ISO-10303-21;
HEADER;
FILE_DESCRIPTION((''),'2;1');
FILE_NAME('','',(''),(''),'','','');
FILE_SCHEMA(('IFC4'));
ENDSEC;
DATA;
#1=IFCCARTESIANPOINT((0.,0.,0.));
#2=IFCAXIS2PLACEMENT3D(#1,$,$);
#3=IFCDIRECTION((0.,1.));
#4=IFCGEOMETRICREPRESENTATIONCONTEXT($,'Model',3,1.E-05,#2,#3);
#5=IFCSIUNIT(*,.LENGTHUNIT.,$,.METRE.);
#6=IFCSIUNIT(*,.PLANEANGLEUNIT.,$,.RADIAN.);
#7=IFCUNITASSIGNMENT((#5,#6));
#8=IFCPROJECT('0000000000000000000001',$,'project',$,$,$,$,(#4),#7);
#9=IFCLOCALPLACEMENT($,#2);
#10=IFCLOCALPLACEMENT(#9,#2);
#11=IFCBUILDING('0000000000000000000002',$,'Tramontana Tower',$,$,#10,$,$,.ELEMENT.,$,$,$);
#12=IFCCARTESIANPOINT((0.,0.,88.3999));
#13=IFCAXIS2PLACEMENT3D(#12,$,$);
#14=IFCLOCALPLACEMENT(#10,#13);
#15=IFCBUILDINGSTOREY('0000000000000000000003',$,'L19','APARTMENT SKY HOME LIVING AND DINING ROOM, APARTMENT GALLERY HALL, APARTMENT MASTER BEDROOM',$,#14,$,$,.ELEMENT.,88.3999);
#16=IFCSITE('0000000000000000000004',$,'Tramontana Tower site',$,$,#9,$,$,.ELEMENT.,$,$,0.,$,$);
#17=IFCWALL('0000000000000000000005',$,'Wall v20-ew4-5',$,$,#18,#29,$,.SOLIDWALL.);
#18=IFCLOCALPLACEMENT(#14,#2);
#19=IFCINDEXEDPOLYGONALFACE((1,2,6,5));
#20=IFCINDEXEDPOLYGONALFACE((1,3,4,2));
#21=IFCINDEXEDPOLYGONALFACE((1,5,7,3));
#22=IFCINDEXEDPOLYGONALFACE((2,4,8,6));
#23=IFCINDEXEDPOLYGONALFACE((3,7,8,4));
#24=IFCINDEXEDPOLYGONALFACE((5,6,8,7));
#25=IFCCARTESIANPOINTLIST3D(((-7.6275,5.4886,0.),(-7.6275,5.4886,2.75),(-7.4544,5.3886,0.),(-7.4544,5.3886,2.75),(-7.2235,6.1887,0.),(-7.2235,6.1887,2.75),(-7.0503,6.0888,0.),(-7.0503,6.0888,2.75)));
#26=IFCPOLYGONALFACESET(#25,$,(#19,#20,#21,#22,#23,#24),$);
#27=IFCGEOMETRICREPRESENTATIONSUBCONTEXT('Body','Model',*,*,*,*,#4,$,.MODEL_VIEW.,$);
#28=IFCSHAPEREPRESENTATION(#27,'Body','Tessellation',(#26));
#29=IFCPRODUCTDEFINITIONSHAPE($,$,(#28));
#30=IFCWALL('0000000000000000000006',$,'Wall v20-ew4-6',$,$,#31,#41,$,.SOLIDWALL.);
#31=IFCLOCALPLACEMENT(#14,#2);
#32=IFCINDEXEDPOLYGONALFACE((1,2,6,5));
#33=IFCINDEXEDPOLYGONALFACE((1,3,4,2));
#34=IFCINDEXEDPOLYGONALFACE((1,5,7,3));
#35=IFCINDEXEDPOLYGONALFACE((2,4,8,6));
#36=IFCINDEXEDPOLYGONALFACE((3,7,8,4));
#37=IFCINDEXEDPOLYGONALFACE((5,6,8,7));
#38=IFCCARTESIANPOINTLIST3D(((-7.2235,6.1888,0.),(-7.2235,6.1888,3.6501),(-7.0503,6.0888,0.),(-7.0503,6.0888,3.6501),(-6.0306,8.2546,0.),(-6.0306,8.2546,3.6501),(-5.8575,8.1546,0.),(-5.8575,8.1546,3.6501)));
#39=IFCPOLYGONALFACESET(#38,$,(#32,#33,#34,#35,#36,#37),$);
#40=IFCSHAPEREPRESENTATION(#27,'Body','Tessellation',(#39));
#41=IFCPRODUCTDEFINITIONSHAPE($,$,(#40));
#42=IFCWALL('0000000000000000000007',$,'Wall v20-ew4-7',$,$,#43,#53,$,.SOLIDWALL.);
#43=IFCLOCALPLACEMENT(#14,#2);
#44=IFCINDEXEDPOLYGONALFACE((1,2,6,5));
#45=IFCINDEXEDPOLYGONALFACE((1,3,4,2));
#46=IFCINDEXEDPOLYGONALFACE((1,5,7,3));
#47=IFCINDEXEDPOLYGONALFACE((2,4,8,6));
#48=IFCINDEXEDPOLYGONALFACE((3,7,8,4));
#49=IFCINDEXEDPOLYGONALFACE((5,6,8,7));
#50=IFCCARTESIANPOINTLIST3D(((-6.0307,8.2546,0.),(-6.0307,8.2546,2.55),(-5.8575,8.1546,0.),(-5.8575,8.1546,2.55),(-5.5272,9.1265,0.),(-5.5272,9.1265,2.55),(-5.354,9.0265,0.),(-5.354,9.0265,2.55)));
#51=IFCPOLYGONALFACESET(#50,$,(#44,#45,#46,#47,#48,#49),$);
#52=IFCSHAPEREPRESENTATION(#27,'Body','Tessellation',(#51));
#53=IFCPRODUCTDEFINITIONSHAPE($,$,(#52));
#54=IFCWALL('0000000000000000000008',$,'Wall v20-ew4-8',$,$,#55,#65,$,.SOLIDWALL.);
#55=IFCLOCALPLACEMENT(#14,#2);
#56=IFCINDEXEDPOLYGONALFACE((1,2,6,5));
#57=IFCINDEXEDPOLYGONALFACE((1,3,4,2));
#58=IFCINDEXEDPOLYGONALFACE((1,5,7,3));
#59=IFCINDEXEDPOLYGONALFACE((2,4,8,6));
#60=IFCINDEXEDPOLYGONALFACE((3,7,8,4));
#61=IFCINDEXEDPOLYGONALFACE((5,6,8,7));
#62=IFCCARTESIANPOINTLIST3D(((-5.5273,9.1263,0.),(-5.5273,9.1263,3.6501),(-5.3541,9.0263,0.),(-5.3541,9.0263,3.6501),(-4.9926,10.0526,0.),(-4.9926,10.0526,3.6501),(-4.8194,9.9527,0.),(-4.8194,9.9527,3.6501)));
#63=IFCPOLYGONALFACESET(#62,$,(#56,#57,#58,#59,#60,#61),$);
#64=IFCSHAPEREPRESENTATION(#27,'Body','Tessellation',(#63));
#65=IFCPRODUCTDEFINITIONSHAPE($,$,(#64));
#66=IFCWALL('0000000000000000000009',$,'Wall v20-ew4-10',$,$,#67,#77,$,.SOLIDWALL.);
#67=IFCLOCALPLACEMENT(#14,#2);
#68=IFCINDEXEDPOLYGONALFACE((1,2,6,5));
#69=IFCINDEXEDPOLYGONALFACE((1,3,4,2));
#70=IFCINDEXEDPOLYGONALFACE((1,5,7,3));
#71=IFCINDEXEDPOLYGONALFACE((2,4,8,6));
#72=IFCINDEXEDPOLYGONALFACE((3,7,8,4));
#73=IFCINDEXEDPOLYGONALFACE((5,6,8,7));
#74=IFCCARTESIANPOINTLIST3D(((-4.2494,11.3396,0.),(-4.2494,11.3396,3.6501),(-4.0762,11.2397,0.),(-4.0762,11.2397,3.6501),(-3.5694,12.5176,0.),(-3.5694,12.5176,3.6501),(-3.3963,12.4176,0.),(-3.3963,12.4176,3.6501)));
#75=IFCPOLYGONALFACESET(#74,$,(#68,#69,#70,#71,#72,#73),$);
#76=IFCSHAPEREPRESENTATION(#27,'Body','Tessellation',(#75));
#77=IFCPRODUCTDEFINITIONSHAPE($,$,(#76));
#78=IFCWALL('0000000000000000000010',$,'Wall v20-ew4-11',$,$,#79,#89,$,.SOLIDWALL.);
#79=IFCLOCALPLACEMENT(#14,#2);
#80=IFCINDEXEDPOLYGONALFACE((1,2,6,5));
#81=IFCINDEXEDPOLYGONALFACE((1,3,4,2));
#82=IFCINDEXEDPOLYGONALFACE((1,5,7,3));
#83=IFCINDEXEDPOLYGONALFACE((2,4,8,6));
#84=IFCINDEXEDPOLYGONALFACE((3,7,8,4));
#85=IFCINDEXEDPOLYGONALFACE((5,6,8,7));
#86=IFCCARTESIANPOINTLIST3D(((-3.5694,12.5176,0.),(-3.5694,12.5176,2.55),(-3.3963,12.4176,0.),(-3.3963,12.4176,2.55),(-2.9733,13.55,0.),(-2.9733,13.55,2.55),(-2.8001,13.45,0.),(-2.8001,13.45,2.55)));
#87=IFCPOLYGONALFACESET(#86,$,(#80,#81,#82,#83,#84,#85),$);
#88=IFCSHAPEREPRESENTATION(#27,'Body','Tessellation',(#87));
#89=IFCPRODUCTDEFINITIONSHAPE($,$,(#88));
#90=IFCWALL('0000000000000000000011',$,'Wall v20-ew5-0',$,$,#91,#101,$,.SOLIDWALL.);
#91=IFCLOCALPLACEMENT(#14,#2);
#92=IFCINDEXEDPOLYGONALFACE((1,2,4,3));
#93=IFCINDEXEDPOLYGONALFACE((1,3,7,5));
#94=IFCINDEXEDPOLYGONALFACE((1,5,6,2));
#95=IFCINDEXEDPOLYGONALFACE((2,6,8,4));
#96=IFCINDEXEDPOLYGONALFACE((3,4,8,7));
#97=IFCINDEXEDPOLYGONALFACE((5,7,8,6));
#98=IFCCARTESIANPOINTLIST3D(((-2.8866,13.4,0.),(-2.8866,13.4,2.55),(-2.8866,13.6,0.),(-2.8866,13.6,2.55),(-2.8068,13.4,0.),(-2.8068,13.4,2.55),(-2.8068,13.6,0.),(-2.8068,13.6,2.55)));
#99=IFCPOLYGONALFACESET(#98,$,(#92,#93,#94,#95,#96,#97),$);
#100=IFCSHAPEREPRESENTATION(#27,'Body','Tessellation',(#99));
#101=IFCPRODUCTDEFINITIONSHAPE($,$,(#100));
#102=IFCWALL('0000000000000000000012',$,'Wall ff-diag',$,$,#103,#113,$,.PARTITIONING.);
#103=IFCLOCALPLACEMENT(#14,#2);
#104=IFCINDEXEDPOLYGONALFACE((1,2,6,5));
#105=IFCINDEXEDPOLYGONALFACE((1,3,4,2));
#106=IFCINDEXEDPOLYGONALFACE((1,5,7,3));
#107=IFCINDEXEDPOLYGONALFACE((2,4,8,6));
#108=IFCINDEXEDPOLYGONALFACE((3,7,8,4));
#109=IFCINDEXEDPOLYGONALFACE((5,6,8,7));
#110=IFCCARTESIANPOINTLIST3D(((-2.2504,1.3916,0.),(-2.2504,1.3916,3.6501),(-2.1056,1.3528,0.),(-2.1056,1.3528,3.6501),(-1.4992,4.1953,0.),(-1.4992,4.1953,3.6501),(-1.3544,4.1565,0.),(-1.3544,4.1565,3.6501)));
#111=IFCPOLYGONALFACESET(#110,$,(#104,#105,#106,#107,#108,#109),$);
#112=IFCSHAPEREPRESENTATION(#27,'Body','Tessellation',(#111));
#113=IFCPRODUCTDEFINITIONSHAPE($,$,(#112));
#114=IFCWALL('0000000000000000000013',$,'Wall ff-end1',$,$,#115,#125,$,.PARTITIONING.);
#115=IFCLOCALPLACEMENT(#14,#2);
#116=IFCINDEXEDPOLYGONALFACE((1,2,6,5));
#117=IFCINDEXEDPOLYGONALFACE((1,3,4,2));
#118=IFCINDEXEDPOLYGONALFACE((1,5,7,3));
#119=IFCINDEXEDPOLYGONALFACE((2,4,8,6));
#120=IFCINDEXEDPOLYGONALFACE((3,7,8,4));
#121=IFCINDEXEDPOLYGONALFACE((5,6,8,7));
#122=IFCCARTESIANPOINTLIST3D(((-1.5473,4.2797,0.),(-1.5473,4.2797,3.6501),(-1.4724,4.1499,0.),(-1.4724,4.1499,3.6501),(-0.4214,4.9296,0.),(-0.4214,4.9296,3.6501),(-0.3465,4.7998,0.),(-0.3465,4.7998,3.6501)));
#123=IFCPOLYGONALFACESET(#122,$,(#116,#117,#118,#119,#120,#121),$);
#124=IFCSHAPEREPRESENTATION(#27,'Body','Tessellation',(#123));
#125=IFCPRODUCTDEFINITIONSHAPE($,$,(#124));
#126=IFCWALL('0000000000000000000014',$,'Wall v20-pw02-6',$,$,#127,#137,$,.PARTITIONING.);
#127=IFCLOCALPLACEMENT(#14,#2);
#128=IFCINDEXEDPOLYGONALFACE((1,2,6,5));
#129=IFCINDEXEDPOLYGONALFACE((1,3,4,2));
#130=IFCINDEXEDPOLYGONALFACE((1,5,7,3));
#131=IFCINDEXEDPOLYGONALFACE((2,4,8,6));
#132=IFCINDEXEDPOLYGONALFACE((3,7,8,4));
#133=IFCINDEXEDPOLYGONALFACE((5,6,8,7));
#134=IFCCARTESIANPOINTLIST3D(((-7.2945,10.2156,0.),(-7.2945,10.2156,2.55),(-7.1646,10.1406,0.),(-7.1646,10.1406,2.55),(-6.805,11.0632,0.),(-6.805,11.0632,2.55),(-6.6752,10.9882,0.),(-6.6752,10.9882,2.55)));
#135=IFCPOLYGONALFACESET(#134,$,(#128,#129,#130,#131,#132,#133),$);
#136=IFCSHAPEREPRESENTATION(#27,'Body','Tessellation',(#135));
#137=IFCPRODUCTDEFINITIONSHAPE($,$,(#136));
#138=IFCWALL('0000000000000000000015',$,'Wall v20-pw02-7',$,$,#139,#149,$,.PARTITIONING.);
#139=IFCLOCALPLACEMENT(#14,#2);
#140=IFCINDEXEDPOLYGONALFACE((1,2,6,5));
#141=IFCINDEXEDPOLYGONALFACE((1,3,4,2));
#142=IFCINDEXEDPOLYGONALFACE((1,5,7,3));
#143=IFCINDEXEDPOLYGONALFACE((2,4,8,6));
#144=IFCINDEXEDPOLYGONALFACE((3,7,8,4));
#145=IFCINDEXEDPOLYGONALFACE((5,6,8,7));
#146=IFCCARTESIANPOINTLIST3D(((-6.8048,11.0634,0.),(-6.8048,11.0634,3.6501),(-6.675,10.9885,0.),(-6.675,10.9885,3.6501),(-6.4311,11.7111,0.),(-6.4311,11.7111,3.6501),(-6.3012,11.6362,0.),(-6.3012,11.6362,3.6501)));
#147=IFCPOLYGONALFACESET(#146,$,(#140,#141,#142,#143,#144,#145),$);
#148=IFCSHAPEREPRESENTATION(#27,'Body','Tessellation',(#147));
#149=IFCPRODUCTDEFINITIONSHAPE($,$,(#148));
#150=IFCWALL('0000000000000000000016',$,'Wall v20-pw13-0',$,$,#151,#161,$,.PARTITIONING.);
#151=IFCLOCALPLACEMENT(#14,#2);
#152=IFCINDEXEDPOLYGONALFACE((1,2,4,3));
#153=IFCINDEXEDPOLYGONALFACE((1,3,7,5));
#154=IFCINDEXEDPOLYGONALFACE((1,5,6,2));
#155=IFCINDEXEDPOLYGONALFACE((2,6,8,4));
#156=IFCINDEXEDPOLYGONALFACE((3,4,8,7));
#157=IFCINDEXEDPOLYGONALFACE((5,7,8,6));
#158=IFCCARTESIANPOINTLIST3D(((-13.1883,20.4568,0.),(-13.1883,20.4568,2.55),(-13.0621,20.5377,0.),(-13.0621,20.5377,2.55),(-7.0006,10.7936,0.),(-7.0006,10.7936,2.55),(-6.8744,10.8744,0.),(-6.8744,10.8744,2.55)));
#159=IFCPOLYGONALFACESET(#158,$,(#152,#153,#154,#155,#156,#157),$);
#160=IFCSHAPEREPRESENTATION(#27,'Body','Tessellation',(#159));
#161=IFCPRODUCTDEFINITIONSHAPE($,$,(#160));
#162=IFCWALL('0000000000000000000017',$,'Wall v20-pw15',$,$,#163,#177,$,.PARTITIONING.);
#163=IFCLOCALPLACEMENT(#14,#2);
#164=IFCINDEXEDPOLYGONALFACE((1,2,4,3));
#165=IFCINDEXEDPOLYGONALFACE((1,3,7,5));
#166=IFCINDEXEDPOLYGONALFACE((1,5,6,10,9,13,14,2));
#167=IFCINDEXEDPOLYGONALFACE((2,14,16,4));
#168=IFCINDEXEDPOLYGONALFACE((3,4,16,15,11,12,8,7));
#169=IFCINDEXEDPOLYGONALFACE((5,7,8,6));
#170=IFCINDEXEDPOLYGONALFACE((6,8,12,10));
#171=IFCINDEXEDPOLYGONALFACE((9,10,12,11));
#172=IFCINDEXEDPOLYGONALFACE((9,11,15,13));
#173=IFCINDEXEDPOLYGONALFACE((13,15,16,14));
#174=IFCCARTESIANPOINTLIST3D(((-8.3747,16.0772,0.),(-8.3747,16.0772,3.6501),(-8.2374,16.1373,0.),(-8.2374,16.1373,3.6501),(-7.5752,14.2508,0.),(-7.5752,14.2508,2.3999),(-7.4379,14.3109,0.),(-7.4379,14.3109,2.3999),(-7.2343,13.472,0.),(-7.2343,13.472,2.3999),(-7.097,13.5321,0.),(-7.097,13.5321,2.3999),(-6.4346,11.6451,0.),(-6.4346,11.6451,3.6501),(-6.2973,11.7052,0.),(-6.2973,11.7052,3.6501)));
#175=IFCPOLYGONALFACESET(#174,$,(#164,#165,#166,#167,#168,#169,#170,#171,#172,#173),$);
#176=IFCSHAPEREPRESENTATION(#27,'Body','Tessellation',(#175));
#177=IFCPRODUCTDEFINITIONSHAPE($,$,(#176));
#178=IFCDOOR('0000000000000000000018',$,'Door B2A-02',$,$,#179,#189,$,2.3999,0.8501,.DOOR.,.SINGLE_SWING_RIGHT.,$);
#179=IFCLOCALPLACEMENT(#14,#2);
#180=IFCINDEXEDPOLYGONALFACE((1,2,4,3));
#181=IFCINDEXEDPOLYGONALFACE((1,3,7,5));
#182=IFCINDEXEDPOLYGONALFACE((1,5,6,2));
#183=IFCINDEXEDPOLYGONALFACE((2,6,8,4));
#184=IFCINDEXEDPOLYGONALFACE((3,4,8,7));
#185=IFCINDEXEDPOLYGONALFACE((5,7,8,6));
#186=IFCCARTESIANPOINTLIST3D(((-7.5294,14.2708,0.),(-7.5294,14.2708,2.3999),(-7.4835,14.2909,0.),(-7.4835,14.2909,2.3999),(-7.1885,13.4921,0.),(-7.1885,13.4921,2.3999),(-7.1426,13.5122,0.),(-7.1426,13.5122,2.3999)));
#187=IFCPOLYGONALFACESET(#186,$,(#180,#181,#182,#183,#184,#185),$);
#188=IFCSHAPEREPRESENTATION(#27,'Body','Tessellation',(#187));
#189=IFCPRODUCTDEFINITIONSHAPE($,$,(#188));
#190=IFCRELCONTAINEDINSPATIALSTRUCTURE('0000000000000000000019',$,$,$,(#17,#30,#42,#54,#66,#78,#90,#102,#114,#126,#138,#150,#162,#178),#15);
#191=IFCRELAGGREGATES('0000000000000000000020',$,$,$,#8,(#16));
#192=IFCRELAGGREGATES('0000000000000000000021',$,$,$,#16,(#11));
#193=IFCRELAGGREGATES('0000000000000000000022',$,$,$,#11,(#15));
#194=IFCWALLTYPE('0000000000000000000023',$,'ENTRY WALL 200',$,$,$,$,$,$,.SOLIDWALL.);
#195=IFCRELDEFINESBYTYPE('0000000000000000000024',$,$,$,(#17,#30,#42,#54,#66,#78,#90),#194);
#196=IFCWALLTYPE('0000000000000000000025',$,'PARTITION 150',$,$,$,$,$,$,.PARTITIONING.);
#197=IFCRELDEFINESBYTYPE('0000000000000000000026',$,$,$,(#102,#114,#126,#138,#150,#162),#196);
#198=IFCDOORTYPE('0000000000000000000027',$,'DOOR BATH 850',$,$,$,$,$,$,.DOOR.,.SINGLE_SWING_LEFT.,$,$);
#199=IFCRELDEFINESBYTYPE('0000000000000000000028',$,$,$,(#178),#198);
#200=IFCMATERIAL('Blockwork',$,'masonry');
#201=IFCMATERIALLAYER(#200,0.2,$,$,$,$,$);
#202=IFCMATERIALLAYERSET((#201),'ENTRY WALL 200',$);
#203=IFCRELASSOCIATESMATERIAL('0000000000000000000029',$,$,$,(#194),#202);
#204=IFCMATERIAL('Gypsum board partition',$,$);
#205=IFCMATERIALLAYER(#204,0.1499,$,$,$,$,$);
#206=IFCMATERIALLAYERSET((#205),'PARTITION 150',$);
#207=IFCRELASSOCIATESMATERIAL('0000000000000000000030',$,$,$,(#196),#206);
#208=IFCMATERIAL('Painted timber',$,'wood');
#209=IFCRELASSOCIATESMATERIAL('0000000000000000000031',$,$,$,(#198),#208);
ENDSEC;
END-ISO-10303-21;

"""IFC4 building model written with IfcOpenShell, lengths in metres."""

from ifc_helpers import new_model, si_unit, direction, frame, frame_2d, origin, place, context, subcontext, project, spatial, rectangle, extrude, material, layer, layer_set, type_object, element, fill, save


model = new_model("IFC4")

# Units and contexts
model_context = context("Model", 3, precision=1e-05, world=origin(), true_north=direction((0.0, 1.0)))
body_context = subcontext(model_context, "Body", "Model", "MODEL_VIEW")
ifc_project = project(units=[si_unit("LENGTHUNIT", "METRE"), si_unit("PLANEANGLEUNIT", "RADIAN")], contexts=[model_context])

# Site, building, storey
site_placement = place(None, origin())
site = spatial("IfcSite", under=ifc_project, at=site_placement, Name="Tramontana Tower site", CompositionType="ELEMENT", RefElevation=0.0)
building_placement = place(site_placement, origin())
building = spatial("IfcBuilding", under=site, at=building_placement, Name="Tramontana Tower", CompositionType="ELEMENT")
storey_placement = place(building_placement, frame((0.0, 0.0, 88.3999)))
storey = spatial("IfcBuildingStorey", under=building, at=storey_placement, Name="L19", Description="APARTMENT SKY HOME LIVING AND DINING ROOM, APARTMENT GALLERY HALL, APARTMENT MASTER BEDROOM", CompositionType="ELEMENT", Elevation=88.3999)

# Walls
ifc_material_1 = material(Name="Blockwork", Category="masonry")
ifc_layer_1 = layer(ifc_material_1, 0.2)
ifc_layer_set_1 = layer_set([ifc_layer_1], Name="ENTRY WALL 200")
wall_type_1 = type_object("IfcWallType", Name="ENTRY WALL 200", PredefinedType="SOLIDWALL", material=ifc_layer_set_1)
wall_1_placement = place(storey_placement, frame((-7.541, 5.4385, 0.0), z_axis=(0.0, 0.0, 1.0), x_axis=(0.49981, 0.866135, 0.0)))
element("IfcWall", 1, at=wall_1_placement, inside=storey, type_object=wall_type_1, Name="Wall v20-ew4-5", PredefinedType="SOLIDWALL", context=body_context, shape_type="SweptSolid", body=[
    extrude(rectangle(XDim=0.8083, YDim=0.2, at=frame_2d((0.4043, 0.0))), origin(), (0.0, 0.0, 1.0), 2.75),
])
wall_2_placement = place(storey_placement, frame((-7.137, 6.1387, 0.0), z_axis=(0.0, 0.0, 1.0), x_axis=(0.500035, 0.866005, 0.0)))
element("IfcWall", 2, at=wall_2_placement, inside=storey, type_object=wall_type_1, Name="Wall v20-ew4-6", PredefinedType="SOLIDWALL", context=body_context, shape_type="SweptSolid", body=[
    extrude(rectangle(XDim=2.3855, YDim=0.2, at=frame_2d((1.1929, 0.0))), origin(), (0.0, 0.0, 1.0), 3.6501),
])
wall_3_placement = place(storey_placement, frame((-5.9441, 8.2046, 0.0), z_axis=(0.0, 0.0, 1.0), x_axis=(0.500051, 0.865996, 0.0)))
element("IfcWall", 3, at=wall_3_placement, inside=storey, type_object=wall_type_1, Name="Wall v20-ew4-7", PredefinedType="SOLIDWALL", context=body_context, shape_type="SweptSolid", body=[
    extrude(rectangle(XDim=1.0068, YDim=0.2, at=frame_2d((0.5034, 0.0))), origin(), (0.0, 0.0, 1.0), 2.55),
])
wall_4_placement = place(storey_placement, frame((-5.4407, 9.0764, 0.0), z_axis=(0.0, 0.0, 1.0), x_axis=(0.49992, 0.866072, 0.0)))
element("IfcWall", 4, at=wall_4_placement, inside=storey, type_object=wall_type_1, Name="Wall v20-ew4-8", PredefinedType="SOLIDWALL", context=body_context, shape_type="SweptSolid", body=[
    extrude(rectangle(XDim=1.0696, YDim=0.2, at=frame_2d((0.5347, 0.0))), origin(), (0.0, 0.0, 1.0), 3.6501),
])

# Walls
wall_5_placement = place(storey_placement, frame((-4.1628, 11.2896, 0.0), z_axis=(0.0, 0.0, 1.0), x_axis=(0.499904, 0.866081, 0.0)))
element("IfcWall", 5, at=wall_5_placement, inside=storey, type_object=wall_type_1, Name="Wall v20-ew4-10", PredefinedType="SOLIDWALL", context=body_context, shape_type="SweptSolid", body=[
    extrude(rectangle(XDim=1.3601, YDim=0.2, at=frame_2d((0.6802, 0.0))), origin(), (0.0, 0.0, 1.0), 3.6501),
])
wall_6_placement = place(storey_placement, frame((-3.4829, 12.4675, 0.0), z_axis=(0.0, 0.0, 1.0), x_axis=(0.500059, 0.865991, 0.0)))
element("IfcWall", 6, at=wall_6_placement, inside=storey, type_object=wall_type_1, Name="Wall v20-ew4-11", PredefinedType="SOLIDWALL", context=body_context, shape_type="SweptSolid", body=[
    extrude(rectangle(XDim=1.1921, YDim=0.2, at=frame_2d((0.5962, 0.0))), origin(), (0.0, 0.0, 1.0), 2.55),
])
wall_7_placement = place(storey_placement, frame((-2.8867, 13.5, 0.0), z_axis=(0.0, 0.0, 1.0), x_axis=(1.0, 0.0, 0.0)))
element("IfcWall", 7, at=wall_7_placement, inside=storey, type_object=wall_type_1, Name="Wall v20-ew5-0", PredefinedType="SOLIDWALL", context=body_context, shape_type="SweptSolid", body=[
    extrude(rectangle(XDim=0.0798, YDim=0.2, at=frame_2d((0.04, 0.0))), origin(), (0.0, 0.0, 1.0), 2.55),
])
ifc_material_2 = material(Name="Gypsum board partition")
ifc_layer_2 = layer(ifc_material_2, 0.1499)
ifc_layer_set_2 = layer_set([ifc_layer_2], Name="PARTITION 150")
wall_type_2 = type_object("IfcWallType", Name="PARTITION 150", PredefinedType="PARTITIONING", material=ifc_layer_set_2)
wall_8_placement = place(storey_placement, frame((-2.178, 1.3723, 0.0), z_axis=(0.0, 0.0, 1.0), x_axis=(0.258809, 0.965929, 0.0)))
element("IfcWall", 8, at=wall_8_placement, inside=storey, type_object=wall_type_2, Name="Wall ff-diag", PredefinedType="PARTITIONING", context=body_context, shape_type="SweptSolid", body=[
    extrude(rectangle(XDim=2.9026, YDim=0.1499, at=frame_2d((1.4512, 0.0))), origin(), (0.0, 0.0, 1.0), 3.6501),
])
wall_9_placement = place(storey_placement, frame((-1.5098, 4.2148, 0.0), z_axis=(0.0, 0.0, 1.0), x_axis=(0.866086, 0.499896, 0.0)))
element("IfcWall", 9, at=wall_9_placement, inside=storey, type_object=wall_type_2, Name="Wall ff-end1", PredefinedType="PARTITIONING", context=body_context, shape_type="SweptSolid", body=[
    extrude(rectangle(XDim=1.3, YDim=0.1499, at=frame_2d((0.6499, 0.0))), origin(), (0.0, 0.0, 1.0), 3.6501),
])
wall_10_placement = place(storey_placement, frame((-7.2295, 10.1782, 0.0), z_axis=(0.0, 0.0, 1.0), x_axis=(0.500082, 0.865978, 0.0)))
element("IfcWall", 10, at=wall_10_placement, inside=storey, type_object=wall_type_2, Name="Wall v20-pw02-6", PredefinedType="PARTITIONING", context=body_context, shape_type="SweptSolid", body=[
    extrude(rectangle(XDim=0.9788, YDim=0.1499, at=frame_2d((0.4893, 0.0))), origin(), (0.0, 0.0, 1.0), 2.55),
])
wall_11_placement = place(storey_placement, frame((-6.74, 11.0259, 0.0), z_axis=(0.0, 0.0, 1.0), x_axis=(0.499826, 0.866126, 0.0)))
element("IfcWall", 11, at=wall_11_placement, inside=storey, type_object=wall_type_2, Name="Wall v20-pw02-7", PredefinedType="PARTITIONING", context=body_context, shape_type="SweptSolid", body=[
    extrude(rectangle(XDim=0.7478, YDim=0.1499, at=frame_2d((0.374, 0.0))), origin(), (0.0, 0.0, 1.0), 3.6501),
])
wall_12_placement = place(storey_placement, frame((-6.9375, 10.834, 0.0), z_axis=(0.0, 0.0, 1.0), x_axis=(-0.539252, 0.842144, 0.0)))
element("IfcWall", 12, at=wall_12_placement, inside=storey, type_object=wall_type_2, Name="Wall v20-pw13-0", PredefinedType="PARTITIONING", context=body_context, shape_type="SweptSolid", body=[
    extrude(rectangle(XDim=11.4746, YDim=0.1499, at=frame_2d((5.7373, 0.0))), origin(), (0.0, 0.0, 1.0), 2.55),
])

# Wall, opening, door
wall_13_placement = place(storey_placement, frame((-6.366, 11.6753, 0.0), z_axis=(0.0, 0.0, 1.0), x_axis=(-0.401015, 0.916072, 0.0)))
wall_13 = element("IfcWall", 13, at=wall_13_placement, inside=storey, type_object=wall_type_2, Name="Wall v20-pw15", PredefinedType="PARTITIONING", context=body_context, shape_type="SweptSolid", body=[
    extrude(rectangle(XDim=4.8381, YDim=0.1499, at=frame_2d((2.4189, 0.0))), origin(), (0.0, 0.0, 1.0), 3.6501),
])
opening_1_placement = place(wall_13_placement, frame((1.9941, 0.0, 0.0)))
opening_1 = element("IfcOpeningElement", 14, at=opening_1_placement, cuts=wall_13, PredefinedType="OPENING", context=body_context, shape_type="SweptSolid", body=[
    extrude(rectangle(XDim=0.8501, YDim=2.3999, at=frame_2d((0.425, 1.2))), frame((0.0, 0.085, 0.0), z_axis=(0.0, -1.0, 0.0), x_axis=(1.0, 0.0, 0.0)), (0.0, 0.0, 1.0), 0.1699),
])
ifc_material_3 = material(Name="Painted timber", Category="wood")
door_type_1 = type_object("IfcDoorType", Name="DOOR BATH 850", OperationType="SINGLE_SWING_LEFT", PredefinedType="DOOR", material=ifc_material_3)
door_1_placement = place(opening_1_placement, origin())
door_1 = element("IfcDoor", 15, at=door_1_placement, inside=storey, type_object=door_type_1, Name="Door B2A-02", OperationType="SINGLE_SWING_RIGHT", OverallHeight=2.3999, OverallWidth=0.8501, PredefinedType="DOOR", context=body_context, shape_type="SweptSolid", body=[
    extrude(rectangle(XDim=0.8501, YDim=2.3999, at=frame_2d((0.425, 1.2))), frame((0.0, 0.0249, 0.0), z_axis=(0.0, -1.0, 0.0), x_axis=(1.0, 0.0, 0.0)), (0.0, 0.0, 1.0), 0.05),
])
fill(opening_1, door_1)

save(model, "model.ifc")
